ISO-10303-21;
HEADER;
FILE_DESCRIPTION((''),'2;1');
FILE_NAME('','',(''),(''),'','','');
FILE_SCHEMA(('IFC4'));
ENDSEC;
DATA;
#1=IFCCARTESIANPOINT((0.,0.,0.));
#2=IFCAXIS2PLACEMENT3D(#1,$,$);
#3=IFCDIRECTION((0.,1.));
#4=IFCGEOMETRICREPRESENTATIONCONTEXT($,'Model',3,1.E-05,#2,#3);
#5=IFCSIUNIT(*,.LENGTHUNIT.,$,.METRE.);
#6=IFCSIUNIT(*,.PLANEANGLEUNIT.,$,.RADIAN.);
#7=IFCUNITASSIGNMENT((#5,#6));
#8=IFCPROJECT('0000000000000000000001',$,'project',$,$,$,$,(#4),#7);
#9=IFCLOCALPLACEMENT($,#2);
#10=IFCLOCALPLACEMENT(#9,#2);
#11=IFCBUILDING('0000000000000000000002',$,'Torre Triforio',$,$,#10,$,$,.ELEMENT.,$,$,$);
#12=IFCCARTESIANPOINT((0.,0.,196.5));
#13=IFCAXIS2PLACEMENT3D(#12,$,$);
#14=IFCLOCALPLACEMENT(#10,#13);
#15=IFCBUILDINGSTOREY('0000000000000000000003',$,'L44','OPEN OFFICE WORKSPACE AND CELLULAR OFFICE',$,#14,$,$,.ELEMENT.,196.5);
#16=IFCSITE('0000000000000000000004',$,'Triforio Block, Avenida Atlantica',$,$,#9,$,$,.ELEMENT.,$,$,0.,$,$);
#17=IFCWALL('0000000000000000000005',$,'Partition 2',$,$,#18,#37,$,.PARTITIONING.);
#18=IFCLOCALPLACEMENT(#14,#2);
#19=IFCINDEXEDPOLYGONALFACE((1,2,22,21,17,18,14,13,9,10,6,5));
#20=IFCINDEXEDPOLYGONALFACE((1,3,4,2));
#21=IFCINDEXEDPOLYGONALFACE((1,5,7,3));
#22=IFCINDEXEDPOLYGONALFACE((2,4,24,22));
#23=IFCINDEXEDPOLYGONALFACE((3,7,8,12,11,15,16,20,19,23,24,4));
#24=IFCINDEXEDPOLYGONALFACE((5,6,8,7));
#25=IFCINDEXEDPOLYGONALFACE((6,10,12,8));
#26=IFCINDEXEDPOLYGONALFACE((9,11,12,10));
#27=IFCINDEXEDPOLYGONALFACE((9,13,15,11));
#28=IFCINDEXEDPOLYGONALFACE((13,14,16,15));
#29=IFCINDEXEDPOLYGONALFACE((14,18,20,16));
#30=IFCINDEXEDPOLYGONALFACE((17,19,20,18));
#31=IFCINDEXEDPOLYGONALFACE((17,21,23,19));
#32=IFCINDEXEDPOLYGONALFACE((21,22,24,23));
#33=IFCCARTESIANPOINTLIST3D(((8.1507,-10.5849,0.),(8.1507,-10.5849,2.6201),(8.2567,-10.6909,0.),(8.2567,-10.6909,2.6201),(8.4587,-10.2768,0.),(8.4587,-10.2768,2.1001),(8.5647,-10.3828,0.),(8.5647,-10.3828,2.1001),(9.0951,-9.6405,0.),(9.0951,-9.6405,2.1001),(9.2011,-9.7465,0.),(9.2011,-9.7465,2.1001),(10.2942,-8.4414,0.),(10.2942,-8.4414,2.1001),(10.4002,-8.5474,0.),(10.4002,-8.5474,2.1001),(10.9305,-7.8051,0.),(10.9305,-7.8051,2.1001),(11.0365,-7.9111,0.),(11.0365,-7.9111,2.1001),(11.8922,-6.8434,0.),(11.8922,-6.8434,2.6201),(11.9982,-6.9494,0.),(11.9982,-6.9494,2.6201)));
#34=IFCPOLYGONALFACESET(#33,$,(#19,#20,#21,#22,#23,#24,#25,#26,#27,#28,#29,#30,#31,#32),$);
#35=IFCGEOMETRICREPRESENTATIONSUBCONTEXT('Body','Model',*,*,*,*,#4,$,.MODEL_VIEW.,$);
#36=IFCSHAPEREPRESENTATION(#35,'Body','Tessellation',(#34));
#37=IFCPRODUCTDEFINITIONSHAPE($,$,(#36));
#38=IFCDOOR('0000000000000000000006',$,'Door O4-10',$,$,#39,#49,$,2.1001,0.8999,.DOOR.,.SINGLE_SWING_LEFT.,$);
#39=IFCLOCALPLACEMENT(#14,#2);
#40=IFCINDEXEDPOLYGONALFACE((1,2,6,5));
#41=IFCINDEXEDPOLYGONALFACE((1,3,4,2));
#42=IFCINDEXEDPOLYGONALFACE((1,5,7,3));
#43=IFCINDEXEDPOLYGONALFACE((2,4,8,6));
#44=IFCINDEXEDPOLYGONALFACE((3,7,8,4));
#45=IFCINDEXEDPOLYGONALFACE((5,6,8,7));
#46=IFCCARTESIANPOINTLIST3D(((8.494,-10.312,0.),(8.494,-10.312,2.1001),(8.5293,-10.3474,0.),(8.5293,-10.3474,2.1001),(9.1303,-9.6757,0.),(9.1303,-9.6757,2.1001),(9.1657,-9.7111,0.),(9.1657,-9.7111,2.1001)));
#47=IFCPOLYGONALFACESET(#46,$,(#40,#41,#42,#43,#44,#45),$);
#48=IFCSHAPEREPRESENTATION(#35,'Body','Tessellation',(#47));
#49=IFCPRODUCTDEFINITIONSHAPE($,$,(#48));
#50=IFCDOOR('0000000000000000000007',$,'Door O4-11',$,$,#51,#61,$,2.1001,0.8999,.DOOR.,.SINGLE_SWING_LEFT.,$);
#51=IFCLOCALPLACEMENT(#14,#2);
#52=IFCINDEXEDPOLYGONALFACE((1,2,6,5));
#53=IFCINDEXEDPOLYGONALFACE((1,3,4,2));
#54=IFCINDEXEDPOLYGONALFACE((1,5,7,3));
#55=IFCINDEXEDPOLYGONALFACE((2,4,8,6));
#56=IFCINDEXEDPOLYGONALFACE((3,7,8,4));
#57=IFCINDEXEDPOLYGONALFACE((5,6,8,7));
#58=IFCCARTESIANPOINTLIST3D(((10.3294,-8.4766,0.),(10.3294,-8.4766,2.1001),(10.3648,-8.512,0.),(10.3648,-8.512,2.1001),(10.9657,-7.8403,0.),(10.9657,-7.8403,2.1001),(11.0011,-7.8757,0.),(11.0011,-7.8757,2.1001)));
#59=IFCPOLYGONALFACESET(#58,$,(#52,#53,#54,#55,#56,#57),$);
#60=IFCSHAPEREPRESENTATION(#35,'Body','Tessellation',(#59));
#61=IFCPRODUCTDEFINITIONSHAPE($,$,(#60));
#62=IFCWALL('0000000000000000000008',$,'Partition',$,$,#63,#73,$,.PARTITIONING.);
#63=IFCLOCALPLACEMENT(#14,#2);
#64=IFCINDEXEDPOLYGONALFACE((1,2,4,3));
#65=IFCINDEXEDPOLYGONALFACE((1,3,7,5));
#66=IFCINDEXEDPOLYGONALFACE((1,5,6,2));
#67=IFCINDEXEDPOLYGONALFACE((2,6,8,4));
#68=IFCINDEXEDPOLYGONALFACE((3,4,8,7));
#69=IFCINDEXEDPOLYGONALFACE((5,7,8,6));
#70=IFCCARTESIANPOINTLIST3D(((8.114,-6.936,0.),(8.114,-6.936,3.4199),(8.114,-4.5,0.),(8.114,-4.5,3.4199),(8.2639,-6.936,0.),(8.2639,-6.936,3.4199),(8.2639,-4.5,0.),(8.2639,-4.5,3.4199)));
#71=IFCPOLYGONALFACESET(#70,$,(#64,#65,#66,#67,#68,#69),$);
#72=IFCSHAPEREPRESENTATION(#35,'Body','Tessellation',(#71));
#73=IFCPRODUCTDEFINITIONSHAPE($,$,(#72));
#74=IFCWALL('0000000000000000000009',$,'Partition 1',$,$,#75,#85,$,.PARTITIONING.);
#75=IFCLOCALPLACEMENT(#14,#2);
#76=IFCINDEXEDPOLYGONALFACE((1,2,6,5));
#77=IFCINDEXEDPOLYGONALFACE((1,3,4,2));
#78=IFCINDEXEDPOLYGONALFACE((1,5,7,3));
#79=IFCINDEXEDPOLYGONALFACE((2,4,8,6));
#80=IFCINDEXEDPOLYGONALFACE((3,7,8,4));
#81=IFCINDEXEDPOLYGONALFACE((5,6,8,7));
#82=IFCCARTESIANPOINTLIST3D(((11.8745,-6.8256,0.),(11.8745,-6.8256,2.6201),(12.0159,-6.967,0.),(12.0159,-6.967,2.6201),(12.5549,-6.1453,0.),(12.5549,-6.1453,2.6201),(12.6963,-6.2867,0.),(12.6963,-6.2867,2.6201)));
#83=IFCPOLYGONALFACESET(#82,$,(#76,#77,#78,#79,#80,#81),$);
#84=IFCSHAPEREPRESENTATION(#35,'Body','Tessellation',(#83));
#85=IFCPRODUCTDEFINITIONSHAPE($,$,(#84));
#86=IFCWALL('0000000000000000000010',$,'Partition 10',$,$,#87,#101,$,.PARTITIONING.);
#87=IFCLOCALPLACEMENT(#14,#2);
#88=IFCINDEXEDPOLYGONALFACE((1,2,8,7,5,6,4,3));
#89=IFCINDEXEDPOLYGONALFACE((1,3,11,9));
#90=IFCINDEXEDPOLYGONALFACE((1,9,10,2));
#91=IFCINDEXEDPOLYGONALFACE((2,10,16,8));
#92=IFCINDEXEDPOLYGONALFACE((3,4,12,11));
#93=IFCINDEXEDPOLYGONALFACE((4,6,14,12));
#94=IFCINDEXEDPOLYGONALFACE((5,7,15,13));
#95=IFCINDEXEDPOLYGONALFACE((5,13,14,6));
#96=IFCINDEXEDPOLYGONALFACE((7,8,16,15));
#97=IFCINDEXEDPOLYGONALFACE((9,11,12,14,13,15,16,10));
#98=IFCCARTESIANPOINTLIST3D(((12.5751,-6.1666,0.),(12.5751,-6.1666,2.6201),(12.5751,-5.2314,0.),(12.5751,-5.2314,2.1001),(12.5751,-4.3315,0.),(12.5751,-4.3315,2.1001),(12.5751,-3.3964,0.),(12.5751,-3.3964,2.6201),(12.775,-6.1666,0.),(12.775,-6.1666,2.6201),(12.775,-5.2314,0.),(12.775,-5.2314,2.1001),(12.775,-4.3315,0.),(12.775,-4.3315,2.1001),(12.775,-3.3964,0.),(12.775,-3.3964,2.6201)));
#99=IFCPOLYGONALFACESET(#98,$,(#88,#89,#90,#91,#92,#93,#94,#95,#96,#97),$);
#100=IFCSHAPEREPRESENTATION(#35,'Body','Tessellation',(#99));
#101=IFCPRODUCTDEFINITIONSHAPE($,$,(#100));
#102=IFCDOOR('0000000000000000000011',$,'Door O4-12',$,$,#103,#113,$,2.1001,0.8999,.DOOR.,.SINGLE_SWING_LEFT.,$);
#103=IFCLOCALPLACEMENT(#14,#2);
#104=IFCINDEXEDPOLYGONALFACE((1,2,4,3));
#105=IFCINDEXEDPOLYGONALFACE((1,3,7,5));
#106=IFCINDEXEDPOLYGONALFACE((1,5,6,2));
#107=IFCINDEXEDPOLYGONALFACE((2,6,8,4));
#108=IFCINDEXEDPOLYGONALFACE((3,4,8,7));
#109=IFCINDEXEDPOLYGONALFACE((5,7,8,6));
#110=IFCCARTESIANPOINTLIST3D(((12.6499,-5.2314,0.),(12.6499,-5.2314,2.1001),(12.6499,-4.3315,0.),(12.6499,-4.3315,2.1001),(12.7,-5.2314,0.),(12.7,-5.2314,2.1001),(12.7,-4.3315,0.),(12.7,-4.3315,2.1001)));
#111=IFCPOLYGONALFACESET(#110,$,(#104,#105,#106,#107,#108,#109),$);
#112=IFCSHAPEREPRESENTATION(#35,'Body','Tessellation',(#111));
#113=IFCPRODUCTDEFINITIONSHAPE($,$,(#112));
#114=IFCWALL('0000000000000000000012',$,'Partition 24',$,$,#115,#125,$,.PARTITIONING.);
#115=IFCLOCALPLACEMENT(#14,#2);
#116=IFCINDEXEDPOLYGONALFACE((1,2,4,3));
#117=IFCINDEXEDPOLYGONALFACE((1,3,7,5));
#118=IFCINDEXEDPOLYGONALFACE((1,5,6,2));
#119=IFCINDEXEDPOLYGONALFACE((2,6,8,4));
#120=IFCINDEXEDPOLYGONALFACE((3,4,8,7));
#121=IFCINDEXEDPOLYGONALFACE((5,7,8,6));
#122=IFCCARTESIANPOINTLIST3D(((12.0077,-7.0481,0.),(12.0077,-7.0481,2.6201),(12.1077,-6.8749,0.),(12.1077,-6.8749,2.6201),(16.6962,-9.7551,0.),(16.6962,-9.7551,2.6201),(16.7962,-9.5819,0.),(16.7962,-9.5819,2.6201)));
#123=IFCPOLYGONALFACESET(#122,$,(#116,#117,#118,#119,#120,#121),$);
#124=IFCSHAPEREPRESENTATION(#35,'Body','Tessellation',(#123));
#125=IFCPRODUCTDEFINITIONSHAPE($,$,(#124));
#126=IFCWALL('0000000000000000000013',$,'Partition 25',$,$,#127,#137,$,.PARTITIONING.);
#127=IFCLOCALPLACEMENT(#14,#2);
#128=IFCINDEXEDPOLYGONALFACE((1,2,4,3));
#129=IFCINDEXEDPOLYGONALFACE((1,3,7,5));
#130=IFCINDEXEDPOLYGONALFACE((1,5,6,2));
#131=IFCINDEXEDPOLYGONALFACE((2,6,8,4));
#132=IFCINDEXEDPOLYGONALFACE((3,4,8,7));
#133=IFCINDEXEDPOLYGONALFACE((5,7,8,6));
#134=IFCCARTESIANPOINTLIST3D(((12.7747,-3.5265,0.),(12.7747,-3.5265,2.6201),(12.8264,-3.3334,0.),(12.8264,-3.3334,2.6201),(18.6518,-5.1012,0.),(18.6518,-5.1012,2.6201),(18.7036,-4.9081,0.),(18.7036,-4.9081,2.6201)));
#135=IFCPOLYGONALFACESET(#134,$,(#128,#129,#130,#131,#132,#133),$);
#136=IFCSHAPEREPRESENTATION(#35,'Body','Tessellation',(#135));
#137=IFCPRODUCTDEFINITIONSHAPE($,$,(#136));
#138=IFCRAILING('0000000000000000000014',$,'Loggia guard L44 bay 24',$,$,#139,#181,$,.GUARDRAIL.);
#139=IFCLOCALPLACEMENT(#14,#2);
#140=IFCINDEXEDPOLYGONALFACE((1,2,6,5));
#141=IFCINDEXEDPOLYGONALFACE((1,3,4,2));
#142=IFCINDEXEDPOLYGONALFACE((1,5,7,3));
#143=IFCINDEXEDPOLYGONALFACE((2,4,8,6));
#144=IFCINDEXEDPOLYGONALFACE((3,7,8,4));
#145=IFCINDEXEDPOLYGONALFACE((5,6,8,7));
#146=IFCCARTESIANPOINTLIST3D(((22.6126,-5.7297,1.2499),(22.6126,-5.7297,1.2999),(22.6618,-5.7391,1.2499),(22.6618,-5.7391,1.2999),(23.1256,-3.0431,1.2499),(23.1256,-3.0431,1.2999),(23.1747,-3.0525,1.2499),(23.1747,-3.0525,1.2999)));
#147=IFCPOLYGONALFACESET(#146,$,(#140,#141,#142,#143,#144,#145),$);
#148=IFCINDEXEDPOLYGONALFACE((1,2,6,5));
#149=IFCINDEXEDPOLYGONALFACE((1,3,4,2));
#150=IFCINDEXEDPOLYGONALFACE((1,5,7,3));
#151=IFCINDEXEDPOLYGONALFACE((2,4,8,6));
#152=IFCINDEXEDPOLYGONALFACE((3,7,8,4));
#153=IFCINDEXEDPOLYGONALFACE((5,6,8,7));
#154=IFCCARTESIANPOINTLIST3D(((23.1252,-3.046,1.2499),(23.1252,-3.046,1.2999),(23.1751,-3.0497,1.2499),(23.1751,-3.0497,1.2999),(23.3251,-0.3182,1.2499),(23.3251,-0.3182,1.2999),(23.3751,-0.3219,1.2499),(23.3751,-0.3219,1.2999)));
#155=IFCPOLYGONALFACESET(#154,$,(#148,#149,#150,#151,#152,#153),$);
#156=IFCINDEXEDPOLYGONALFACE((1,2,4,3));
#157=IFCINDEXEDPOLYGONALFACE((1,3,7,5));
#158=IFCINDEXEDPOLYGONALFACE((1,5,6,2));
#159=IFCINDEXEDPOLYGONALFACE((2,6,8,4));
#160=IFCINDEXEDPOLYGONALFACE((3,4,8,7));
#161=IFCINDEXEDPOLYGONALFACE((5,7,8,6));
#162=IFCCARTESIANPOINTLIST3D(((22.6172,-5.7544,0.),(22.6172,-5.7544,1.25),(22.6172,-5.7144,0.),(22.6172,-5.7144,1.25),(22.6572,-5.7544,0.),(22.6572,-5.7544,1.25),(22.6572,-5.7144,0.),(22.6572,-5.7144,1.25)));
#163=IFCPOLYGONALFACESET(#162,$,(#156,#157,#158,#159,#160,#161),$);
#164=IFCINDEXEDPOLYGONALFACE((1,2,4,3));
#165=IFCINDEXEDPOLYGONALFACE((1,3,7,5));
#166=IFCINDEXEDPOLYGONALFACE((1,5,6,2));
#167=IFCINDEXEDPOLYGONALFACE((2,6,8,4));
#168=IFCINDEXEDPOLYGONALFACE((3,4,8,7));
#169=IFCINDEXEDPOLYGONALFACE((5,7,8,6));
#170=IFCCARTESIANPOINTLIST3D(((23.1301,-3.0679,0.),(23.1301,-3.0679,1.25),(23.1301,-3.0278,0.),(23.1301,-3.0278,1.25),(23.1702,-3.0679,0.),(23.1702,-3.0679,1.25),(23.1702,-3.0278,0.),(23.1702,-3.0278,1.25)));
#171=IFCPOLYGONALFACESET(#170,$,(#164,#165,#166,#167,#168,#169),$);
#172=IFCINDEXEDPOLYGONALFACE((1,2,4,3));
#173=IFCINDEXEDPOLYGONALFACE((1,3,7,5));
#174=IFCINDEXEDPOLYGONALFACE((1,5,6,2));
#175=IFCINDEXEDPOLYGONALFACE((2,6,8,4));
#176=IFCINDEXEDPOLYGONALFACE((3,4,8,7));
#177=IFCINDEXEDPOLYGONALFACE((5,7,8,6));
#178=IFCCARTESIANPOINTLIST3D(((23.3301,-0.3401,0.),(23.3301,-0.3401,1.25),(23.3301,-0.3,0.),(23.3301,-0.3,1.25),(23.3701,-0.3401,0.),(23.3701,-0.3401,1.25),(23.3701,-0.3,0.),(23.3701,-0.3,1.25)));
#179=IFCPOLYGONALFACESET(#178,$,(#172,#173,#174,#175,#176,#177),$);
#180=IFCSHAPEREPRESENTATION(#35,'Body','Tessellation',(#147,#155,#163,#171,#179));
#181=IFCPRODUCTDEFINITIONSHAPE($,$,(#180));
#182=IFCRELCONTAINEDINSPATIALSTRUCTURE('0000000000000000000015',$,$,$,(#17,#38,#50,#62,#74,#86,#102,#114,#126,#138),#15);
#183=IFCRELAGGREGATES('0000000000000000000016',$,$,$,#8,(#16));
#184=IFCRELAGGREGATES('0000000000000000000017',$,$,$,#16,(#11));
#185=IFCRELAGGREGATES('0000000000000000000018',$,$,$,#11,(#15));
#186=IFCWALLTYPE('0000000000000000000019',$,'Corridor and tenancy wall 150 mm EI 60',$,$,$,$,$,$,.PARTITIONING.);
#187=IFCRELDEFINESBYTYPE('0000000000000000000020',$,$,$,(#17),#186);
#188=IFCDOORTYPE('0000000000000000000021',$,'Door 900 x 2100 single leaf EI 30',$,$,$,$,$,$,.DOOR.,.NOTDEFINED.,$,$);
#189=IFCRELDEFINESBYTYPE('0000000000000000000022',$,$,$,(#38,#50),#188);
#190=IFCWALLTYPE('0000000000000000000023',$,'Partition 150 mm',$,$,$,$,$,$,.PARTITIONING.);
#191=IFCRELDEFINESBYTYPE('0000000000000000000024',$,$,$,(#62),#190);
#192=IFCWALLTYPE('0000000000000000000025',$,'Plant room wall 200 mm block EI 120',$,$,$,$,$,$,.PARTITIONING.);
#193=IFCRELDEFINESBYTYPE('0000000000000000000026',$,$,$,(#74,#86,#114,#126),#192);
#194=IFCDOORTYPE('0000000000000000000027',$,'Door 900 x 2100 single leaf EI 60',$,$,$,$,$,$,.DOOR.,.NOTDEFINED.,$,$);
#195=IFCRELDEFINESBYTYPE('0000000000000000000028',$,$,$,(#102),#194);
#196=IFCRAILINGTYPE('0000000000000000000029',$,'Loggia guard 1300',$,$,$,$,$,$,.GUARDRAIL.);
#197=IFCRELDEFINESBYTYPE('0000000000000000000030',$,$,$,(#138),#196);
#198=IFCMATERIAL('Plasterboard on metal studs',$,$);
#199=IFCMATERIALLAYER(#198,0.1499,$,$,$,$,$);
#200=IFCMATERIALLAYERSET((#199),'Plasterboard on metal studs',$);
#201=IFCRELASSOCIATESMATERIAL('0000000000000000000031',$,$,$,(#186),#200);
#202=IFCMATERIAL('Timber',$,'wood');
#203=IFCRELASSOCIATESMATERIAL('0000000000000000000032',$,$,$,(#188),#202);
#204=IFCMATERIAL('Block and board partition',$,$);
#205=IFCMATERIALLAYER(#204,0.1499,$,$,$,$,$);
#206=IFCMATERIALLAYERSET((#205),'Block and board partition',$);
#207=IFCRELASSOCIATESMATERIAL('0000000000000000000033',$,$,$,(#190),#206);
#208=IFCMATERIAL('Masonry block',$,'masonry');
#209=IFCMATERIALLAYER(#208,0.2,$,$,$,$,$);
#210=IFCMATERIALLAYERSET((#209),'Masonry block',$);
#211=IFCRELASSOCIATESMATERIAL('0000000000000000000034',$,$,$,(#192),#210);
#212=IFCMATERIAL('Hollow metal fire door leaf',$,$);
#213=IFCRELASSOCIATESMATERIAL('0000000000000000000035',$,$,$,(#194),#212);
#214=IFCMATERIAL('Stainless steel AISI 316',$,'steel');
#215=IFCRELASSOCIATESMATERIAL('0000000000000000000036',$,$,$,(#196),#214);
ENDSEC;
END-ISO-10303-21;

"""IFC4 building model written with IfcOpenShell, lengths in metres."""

from ifc_helpers import new_model, si_unit, direction, frame, frame_2d, origin, origin_2d, place, context, subcontext, project, spatial, rectangle, extrude, material, layer, layer_set, type_object, element, fill, save


model = new_model("IFC4")

# Units and contexts
model_context = context("Model", 3, precision=1e-05, world=origin(), true_north=direction((0.0, 1.0)))
body_context = subcontext(model_context, "Body", "Model", "MODEL_VIEW")
ifc_project = project(units=[si_unit("LENGTHUNIT", "METRE"), si_unit("PLANEANGLEUNIT", "RADIAN")], contexts=[model_context])

# Site, building, storey
site_placement = place(None, origin())
site = spatial("IfcSite", under=ifc_project, at=site_placement, Name="Triforio Block, Avenida Atlantica", CompositionType="ELEMENT", RefElevation=0.0)
building_placement = place(site_placement, origin())
building = spatial("IfcBuilding", under=site, at=building_placement, Name="Torre Triforio", CompositionType="ELEMENT")
storey_placement = place(building_placement, frame((0.0, 0.0, 196.5)))
storey = spatial("IfcBuildingStorey", under=building, at=storey_placement, Name="L44", Description="OPEN OFFICE WORKSPACE AND CELLULAR OFFICE", CompositionType="ELEMENT", Elevation=196.5)

# Shared definitions
ifc_material_1 = material(Name="Hollow metal fire door leaf")

# Wall, openings, doors
ifc_material_2 = material(Name="Plasterboard on metal studs")
ifc_layer_1 = layer(ifc_material_2, 0.1499)
ifc_layer_set_1 = layer_set([ifc_layer_1], Name="Plasterboard on metal studs")
wall_type_1 = type_object("IfcWallType", Name="Corridor and tenancy wall 150 mm EI 60", PredefinedType="PARTITIONING", material=ifc_layer_set_1)
wall_1_placement = place(storey_placement, frame((11.9451, -6.8965, 0.0), z_axis=(0.0, 0.0, 1.0), x_axis=(-0.707107, -0.707107, 0.0)))
wall_1 = element("IfcWall", 1, at=wall_1_placement, inside=storey, type_object=wall_type_1, Name="Partition 2", PredefinedType="PARTITIONING", context=body_context, shape_type="SweptSolid", body=[
    extrude(rectangle(XDim=5.2913, YDim=0.1499, at=frame_2d((2.6455, 0.0))), origin(), (0.0, 0.0, 1.0), 2.6201),
])
opening_1_placement = place(wall_1_placement, frame((3.9556, 0.0, 0.0)))
opening_1 = element("IfcOpeningElement", 2, at=opening_1_placement, cuts=wall_1, PredefinedType="OPENING", context=body_context, shape_type="SweptSolid", body=[
    extrude(rectangle(XDim=0.8999, YDim=2.1001, at=frame_2d((0.45, 1.05))), frame((0.0, 0.085, 0.0), z_axis=(0.0, -1.0, 0.0), x_axis=(1.0, 0.0, 0.0)), (0.0, 0.0, 1.0), 0.1699),
])
opening_2_placement = place(wall_1_placement, frame((1.3599, 0.0, 0.0)))
opening_2 = element("IfcOpeningElement", 3, at=opening_2_placement, cuts=wall_1, PredefinedType="OPENING", context=body_context, shape_type="SweptSolid", body=[
    extrude(rectangle(XDim=0.8999, YDim=2.1001, at=frame_2d((0.45, 1.05))), frame((0.0, 0.085, 0.0), z_axis=(0.0, -1.0, 0.0), x_axis=(1.0, 0.0, 0.0)), (0.0, 0.0, 1.0), 0.1699),
])
ifc_material_3 = material(Name="Timber", Category="wood")
door_type_1 = type_object("IfcDoorType", Name="Door 900 x 2100 single leaf EI 30", OperationType="NOTDEFINED", PredefinedType="DOOR", material=ifc_material_3)
door_1_placement = place(opening_1_placement, origin())
door_1 = element("IfcDoor", 4, at=door_1_placement, inside=storey, type_object=door_type_1, Name="Door O4-10", OperationType="SINGLE_SWING_LEFT", OverallHeight=2.1001, OverallWidth=0.8999, PredefinedType="DOOR", context=body_context, shape_type="SweptSolid", body=[
    extrude(rectangle(XDim=0.8999, YDim=2.1001, at=frame_2d((0.45, 1.05))), frame((0.0, 0.0249, 0.0), z_axis=(0.0, -1.0, 0.0), x_axis=(1.0, 0.0, 0.0)), (0.0, 0.0, 1.0), 0.05),
])
fill(opening_1, door_1)
door_2_placement = place(opening_2_placement, origin())
door_2 = element("IfcDoor", 5, at=door_2_placement, inside=storey, type_object=door_type_1, Name="Door O4-11", OperationType="SINGLE_SWING_LEFT", OverallHeight=2.1001, OverallWidth=0.8999, PredefinedType="DOOR", context=body_context, shape_type="SweptSolid", body=[
    extrude(rectangle(XDim=0.8999, YDim=2.1001, at=frame_2d((0.45, 1.05))), frame((0.0, 0.0249, 0.0), z_axis=(0.0, -1.0, 0.0), x_axis=(1.0, 0.0, 0.0)), (0.0, 0.0, 1.0), 0.05),
])
fill(opening_2, door_2)

# Walls
ifc_material_4 = material(Name="Block and board partition")
ifc_layer_2 = layer(ifc_material_4, 0.1499)
ifc_layer_set_2 = layer_set([ifc_layer_2], Name="Block and board partition")
wall_type_2 = type_object("IfcWallType", Name="Partition 150 mm", PredefinedType="PARTITIONING", material=ifc_layer_set_2)
wall_2_placement = place(storey_placement, frame((8.189, -6.936, 0.0), z_axis=(0.0, 0.0, 1.0), x_axis=(0.0, 1.0, 0.0)))
element("IfcWall", 6, at=wall_2_placement, inside=storey, type_object=wall_type_2, Name="Partition", PredefinedType="PARTITIONING", context=body_context, shape_type="SweptSolid", body=[
    extrude(rectangle(XDim=2.436, YDim=0.1499, at=frame_2d((1.218, 0.0))), origin(), (0.0, 0.0, 1.0), 3.4199),
])
ifc_material_5 = material(Name="Masonry block", Category="masonry")
ifc_layer_3 = layer(ifc_material_5, 0.2)
ifc_layer_set_3 = layer_set([ifc_layer_3], Name="Masonry block")
wall_type_3 = type_object("IfcWallType", Name="Plant room wall 200 mm block EI 120", PredefinedType="PARTITIONING", material=ifc_layer_set_3)
wall_3_placement = place(storey_placement, frame((12.6255, -6.2161, 0.0), z_axis=(0.0, 0.0, 1.0), x_axis=(-0.707107, -0.707107, 0.0)))
element("IfcWall", 7, at=wall_3_placement, inside=storey, type_object=wall_type_3, Name="Partition 1", PredefinedType="PARTITIONING", context=body_context, shape_type="SweptSolid", body=[
    extrude(rectangle(XDim=0.9622, YDim=0.2, at=frame_2d((0.481, 0.0))), origin(), (0.0, 0.0, 1.0), 2.6201),
])

# Wall, opening, door
wall_4_placement = place(storey_placement, frame((12.675, -3.3962, 0.0), z_axis=(0.0, 0.0, 1.0), x_axis=(0.0, -1.0, 0.0)))
wall_4 = element("IfcWall", 8, at=wall_4_placement, inside=storey, type_object=wall_type_3, Name="Partition 10", PredefinedType="PARTITIONING", context=body_context, shape_type="SweptSolid", body=[
    extrude(rectangle(XDim=2.7703, YDim=0.2, at=frame_2d((1.3853, 0.0))), origin(), (0.0, 0.0, 1.0), 2.6201),
])
opening_3_placement = place(wall_4_placement, frame((0.9353, 0.0, 0.0)))
opening_3 = element("IfcOpeningElement", 9, at=opening_3_placement, cuts=wall_4, PredefinedType="OPENING", context=body_context, shape_type="SweptSolid", body=[
    extrude(rectangle(XDim=0.8999, YDim=2.1001, at=frame_2d((0.45, 1.05))), frame((0.0, 0.1099, 0.0), z_axis=(0.0, -1.0, 0.0), x_axis=(1.0, 0.0, 0.0)), (0.0, 0.0, 1.0), 0.22),
])
door_type_2 = type_object("IfcDoorType", Name="Door 900 x 2100 single leaf EI 60", OperationType="NOTDEFINED", PredefinedType="DOOR", material=ifc_material_1)
door_3_placement = place(opening_3_placement, origin())
door_3 = element("IfcDoor", 10, at=door_3_placement, inside=storey, type_object=door_type_2, Name="Door O4-12", OperationType="SINGLE_SWING_LEFT", OverallHeight=2.1001, OverallWidth=0.8999, PredefinedType="DOOR", context=body_context, shape_type="SweptSolid", body=[
    extrude(rectangle(XDim=0.8999, YDim=2.1001, at=frame_2d((0.45, 1.05))), frame((0.0, 0.0249, 0.0), z_axis=(0.0, -1.0, 0.0), x_axis=(1.0, 0.0, 0.0)), (0.0, 0.0, 1.0), 0.05),
])
fill(opening_3, door_3)

# Walls
wall_5_placement = place(storey_placement, frame((12.0576, -6.9614, 0.0), z_axis=(0.0, 0.0, 1.0), x_axis=(0.866014, -0.500019, 0.0)))
element("IfcWall", 11, at=wall_5_placement, inside=storey, type_object=wall_type_3, Name="Partition 24", PredefinedType="PARTITIONING", context=body_context, shape_type="SweptSolid", body=[
    extrude(rectangle(XDim=5.4138, YDim=0.2, at=frame_2d((2.707, 0.0))), origin(), (0.0, 0.0, 1.0), 2.6201),
])
wall_6_placement = place(storey_placement, frame((12.8005, -3.4299, 0.0), z_axis=(0.0, 0.0, 1.0), x_axis=(0.965929, -0.258806, 0.0)))
element("IfcWall", 12, at=wall_6_placement, inside=storey, type_object=wall_type_3, Name="Partition 25", PredefinedType="PARTITIONING", context=body_context, shape_type="SweptSolid", body=[
    extrude(rectangle(XDim=6.0845, YDim=0.2, at=frame_2d((3.0422, 0.0))), origin(), (0.0, 0.0, 1.0), 2.6201),
])

# Railing
ifc_material_6 = material(Name="Stainless steel AISI 316", Category="steel")
railing_type = type_object("IfcRailingType", Name="Loggia guard 1300", PredefinedType="GUARDRAIL", material=ifc_material_6)
railing_placement = place(storey_placement, frame((22.6372, -5.7344, 0.0)))
element("IfcRailing", 13, at=railing_placement, inside=storey, type_object=railing_type, Name="Loggia guard L44 bay 24", PredefinedType="GUARDRAIL", context=body_context, shape_type="SweptSolid", body=[
    extrude(rectangle(XDim=0.05, YDim=0.05, at=origin_2d()), frame((0.0, 0.0, 1.2749), z_axis=(0.187543, 0.982256, 0.0), x_axis=(-0.982256, 0.187543, 0.0)), (0.0, 0.0, 1.0), 2.7351),
    extrude(rectangle(XDim=0.05, YDim=0.05, at=origin_2d()), frame((0.5129, 2.6865, 1.2749), z_axis=(0.073106, 0.997324, 0.0), x_axis=(-0.997324, 0.073106, 0.0)), (0.0, 0.0, 1.0), 2.7351),
    extrude(rectangle(XDim=0.04, YDim=0.04, at=origin_2d()), origin(), (0.0, 0.0, 1.0), 1.25),
    extrude(rectangle(XDim=0.04, YDim=0.04, at=origin_2d()), frame((0.5129, 2.6865, 0.0)), (0.0, 0.0, 1.0), 1.25),
    extrude(rectangle(XDim=0.04, YDim=0.04, at=origin_2d()), frame((0.7129, 5.4143, 0.0)), (0.0, 0.0, 1.0), 1.25),
])

save(model, "model.ifc")
